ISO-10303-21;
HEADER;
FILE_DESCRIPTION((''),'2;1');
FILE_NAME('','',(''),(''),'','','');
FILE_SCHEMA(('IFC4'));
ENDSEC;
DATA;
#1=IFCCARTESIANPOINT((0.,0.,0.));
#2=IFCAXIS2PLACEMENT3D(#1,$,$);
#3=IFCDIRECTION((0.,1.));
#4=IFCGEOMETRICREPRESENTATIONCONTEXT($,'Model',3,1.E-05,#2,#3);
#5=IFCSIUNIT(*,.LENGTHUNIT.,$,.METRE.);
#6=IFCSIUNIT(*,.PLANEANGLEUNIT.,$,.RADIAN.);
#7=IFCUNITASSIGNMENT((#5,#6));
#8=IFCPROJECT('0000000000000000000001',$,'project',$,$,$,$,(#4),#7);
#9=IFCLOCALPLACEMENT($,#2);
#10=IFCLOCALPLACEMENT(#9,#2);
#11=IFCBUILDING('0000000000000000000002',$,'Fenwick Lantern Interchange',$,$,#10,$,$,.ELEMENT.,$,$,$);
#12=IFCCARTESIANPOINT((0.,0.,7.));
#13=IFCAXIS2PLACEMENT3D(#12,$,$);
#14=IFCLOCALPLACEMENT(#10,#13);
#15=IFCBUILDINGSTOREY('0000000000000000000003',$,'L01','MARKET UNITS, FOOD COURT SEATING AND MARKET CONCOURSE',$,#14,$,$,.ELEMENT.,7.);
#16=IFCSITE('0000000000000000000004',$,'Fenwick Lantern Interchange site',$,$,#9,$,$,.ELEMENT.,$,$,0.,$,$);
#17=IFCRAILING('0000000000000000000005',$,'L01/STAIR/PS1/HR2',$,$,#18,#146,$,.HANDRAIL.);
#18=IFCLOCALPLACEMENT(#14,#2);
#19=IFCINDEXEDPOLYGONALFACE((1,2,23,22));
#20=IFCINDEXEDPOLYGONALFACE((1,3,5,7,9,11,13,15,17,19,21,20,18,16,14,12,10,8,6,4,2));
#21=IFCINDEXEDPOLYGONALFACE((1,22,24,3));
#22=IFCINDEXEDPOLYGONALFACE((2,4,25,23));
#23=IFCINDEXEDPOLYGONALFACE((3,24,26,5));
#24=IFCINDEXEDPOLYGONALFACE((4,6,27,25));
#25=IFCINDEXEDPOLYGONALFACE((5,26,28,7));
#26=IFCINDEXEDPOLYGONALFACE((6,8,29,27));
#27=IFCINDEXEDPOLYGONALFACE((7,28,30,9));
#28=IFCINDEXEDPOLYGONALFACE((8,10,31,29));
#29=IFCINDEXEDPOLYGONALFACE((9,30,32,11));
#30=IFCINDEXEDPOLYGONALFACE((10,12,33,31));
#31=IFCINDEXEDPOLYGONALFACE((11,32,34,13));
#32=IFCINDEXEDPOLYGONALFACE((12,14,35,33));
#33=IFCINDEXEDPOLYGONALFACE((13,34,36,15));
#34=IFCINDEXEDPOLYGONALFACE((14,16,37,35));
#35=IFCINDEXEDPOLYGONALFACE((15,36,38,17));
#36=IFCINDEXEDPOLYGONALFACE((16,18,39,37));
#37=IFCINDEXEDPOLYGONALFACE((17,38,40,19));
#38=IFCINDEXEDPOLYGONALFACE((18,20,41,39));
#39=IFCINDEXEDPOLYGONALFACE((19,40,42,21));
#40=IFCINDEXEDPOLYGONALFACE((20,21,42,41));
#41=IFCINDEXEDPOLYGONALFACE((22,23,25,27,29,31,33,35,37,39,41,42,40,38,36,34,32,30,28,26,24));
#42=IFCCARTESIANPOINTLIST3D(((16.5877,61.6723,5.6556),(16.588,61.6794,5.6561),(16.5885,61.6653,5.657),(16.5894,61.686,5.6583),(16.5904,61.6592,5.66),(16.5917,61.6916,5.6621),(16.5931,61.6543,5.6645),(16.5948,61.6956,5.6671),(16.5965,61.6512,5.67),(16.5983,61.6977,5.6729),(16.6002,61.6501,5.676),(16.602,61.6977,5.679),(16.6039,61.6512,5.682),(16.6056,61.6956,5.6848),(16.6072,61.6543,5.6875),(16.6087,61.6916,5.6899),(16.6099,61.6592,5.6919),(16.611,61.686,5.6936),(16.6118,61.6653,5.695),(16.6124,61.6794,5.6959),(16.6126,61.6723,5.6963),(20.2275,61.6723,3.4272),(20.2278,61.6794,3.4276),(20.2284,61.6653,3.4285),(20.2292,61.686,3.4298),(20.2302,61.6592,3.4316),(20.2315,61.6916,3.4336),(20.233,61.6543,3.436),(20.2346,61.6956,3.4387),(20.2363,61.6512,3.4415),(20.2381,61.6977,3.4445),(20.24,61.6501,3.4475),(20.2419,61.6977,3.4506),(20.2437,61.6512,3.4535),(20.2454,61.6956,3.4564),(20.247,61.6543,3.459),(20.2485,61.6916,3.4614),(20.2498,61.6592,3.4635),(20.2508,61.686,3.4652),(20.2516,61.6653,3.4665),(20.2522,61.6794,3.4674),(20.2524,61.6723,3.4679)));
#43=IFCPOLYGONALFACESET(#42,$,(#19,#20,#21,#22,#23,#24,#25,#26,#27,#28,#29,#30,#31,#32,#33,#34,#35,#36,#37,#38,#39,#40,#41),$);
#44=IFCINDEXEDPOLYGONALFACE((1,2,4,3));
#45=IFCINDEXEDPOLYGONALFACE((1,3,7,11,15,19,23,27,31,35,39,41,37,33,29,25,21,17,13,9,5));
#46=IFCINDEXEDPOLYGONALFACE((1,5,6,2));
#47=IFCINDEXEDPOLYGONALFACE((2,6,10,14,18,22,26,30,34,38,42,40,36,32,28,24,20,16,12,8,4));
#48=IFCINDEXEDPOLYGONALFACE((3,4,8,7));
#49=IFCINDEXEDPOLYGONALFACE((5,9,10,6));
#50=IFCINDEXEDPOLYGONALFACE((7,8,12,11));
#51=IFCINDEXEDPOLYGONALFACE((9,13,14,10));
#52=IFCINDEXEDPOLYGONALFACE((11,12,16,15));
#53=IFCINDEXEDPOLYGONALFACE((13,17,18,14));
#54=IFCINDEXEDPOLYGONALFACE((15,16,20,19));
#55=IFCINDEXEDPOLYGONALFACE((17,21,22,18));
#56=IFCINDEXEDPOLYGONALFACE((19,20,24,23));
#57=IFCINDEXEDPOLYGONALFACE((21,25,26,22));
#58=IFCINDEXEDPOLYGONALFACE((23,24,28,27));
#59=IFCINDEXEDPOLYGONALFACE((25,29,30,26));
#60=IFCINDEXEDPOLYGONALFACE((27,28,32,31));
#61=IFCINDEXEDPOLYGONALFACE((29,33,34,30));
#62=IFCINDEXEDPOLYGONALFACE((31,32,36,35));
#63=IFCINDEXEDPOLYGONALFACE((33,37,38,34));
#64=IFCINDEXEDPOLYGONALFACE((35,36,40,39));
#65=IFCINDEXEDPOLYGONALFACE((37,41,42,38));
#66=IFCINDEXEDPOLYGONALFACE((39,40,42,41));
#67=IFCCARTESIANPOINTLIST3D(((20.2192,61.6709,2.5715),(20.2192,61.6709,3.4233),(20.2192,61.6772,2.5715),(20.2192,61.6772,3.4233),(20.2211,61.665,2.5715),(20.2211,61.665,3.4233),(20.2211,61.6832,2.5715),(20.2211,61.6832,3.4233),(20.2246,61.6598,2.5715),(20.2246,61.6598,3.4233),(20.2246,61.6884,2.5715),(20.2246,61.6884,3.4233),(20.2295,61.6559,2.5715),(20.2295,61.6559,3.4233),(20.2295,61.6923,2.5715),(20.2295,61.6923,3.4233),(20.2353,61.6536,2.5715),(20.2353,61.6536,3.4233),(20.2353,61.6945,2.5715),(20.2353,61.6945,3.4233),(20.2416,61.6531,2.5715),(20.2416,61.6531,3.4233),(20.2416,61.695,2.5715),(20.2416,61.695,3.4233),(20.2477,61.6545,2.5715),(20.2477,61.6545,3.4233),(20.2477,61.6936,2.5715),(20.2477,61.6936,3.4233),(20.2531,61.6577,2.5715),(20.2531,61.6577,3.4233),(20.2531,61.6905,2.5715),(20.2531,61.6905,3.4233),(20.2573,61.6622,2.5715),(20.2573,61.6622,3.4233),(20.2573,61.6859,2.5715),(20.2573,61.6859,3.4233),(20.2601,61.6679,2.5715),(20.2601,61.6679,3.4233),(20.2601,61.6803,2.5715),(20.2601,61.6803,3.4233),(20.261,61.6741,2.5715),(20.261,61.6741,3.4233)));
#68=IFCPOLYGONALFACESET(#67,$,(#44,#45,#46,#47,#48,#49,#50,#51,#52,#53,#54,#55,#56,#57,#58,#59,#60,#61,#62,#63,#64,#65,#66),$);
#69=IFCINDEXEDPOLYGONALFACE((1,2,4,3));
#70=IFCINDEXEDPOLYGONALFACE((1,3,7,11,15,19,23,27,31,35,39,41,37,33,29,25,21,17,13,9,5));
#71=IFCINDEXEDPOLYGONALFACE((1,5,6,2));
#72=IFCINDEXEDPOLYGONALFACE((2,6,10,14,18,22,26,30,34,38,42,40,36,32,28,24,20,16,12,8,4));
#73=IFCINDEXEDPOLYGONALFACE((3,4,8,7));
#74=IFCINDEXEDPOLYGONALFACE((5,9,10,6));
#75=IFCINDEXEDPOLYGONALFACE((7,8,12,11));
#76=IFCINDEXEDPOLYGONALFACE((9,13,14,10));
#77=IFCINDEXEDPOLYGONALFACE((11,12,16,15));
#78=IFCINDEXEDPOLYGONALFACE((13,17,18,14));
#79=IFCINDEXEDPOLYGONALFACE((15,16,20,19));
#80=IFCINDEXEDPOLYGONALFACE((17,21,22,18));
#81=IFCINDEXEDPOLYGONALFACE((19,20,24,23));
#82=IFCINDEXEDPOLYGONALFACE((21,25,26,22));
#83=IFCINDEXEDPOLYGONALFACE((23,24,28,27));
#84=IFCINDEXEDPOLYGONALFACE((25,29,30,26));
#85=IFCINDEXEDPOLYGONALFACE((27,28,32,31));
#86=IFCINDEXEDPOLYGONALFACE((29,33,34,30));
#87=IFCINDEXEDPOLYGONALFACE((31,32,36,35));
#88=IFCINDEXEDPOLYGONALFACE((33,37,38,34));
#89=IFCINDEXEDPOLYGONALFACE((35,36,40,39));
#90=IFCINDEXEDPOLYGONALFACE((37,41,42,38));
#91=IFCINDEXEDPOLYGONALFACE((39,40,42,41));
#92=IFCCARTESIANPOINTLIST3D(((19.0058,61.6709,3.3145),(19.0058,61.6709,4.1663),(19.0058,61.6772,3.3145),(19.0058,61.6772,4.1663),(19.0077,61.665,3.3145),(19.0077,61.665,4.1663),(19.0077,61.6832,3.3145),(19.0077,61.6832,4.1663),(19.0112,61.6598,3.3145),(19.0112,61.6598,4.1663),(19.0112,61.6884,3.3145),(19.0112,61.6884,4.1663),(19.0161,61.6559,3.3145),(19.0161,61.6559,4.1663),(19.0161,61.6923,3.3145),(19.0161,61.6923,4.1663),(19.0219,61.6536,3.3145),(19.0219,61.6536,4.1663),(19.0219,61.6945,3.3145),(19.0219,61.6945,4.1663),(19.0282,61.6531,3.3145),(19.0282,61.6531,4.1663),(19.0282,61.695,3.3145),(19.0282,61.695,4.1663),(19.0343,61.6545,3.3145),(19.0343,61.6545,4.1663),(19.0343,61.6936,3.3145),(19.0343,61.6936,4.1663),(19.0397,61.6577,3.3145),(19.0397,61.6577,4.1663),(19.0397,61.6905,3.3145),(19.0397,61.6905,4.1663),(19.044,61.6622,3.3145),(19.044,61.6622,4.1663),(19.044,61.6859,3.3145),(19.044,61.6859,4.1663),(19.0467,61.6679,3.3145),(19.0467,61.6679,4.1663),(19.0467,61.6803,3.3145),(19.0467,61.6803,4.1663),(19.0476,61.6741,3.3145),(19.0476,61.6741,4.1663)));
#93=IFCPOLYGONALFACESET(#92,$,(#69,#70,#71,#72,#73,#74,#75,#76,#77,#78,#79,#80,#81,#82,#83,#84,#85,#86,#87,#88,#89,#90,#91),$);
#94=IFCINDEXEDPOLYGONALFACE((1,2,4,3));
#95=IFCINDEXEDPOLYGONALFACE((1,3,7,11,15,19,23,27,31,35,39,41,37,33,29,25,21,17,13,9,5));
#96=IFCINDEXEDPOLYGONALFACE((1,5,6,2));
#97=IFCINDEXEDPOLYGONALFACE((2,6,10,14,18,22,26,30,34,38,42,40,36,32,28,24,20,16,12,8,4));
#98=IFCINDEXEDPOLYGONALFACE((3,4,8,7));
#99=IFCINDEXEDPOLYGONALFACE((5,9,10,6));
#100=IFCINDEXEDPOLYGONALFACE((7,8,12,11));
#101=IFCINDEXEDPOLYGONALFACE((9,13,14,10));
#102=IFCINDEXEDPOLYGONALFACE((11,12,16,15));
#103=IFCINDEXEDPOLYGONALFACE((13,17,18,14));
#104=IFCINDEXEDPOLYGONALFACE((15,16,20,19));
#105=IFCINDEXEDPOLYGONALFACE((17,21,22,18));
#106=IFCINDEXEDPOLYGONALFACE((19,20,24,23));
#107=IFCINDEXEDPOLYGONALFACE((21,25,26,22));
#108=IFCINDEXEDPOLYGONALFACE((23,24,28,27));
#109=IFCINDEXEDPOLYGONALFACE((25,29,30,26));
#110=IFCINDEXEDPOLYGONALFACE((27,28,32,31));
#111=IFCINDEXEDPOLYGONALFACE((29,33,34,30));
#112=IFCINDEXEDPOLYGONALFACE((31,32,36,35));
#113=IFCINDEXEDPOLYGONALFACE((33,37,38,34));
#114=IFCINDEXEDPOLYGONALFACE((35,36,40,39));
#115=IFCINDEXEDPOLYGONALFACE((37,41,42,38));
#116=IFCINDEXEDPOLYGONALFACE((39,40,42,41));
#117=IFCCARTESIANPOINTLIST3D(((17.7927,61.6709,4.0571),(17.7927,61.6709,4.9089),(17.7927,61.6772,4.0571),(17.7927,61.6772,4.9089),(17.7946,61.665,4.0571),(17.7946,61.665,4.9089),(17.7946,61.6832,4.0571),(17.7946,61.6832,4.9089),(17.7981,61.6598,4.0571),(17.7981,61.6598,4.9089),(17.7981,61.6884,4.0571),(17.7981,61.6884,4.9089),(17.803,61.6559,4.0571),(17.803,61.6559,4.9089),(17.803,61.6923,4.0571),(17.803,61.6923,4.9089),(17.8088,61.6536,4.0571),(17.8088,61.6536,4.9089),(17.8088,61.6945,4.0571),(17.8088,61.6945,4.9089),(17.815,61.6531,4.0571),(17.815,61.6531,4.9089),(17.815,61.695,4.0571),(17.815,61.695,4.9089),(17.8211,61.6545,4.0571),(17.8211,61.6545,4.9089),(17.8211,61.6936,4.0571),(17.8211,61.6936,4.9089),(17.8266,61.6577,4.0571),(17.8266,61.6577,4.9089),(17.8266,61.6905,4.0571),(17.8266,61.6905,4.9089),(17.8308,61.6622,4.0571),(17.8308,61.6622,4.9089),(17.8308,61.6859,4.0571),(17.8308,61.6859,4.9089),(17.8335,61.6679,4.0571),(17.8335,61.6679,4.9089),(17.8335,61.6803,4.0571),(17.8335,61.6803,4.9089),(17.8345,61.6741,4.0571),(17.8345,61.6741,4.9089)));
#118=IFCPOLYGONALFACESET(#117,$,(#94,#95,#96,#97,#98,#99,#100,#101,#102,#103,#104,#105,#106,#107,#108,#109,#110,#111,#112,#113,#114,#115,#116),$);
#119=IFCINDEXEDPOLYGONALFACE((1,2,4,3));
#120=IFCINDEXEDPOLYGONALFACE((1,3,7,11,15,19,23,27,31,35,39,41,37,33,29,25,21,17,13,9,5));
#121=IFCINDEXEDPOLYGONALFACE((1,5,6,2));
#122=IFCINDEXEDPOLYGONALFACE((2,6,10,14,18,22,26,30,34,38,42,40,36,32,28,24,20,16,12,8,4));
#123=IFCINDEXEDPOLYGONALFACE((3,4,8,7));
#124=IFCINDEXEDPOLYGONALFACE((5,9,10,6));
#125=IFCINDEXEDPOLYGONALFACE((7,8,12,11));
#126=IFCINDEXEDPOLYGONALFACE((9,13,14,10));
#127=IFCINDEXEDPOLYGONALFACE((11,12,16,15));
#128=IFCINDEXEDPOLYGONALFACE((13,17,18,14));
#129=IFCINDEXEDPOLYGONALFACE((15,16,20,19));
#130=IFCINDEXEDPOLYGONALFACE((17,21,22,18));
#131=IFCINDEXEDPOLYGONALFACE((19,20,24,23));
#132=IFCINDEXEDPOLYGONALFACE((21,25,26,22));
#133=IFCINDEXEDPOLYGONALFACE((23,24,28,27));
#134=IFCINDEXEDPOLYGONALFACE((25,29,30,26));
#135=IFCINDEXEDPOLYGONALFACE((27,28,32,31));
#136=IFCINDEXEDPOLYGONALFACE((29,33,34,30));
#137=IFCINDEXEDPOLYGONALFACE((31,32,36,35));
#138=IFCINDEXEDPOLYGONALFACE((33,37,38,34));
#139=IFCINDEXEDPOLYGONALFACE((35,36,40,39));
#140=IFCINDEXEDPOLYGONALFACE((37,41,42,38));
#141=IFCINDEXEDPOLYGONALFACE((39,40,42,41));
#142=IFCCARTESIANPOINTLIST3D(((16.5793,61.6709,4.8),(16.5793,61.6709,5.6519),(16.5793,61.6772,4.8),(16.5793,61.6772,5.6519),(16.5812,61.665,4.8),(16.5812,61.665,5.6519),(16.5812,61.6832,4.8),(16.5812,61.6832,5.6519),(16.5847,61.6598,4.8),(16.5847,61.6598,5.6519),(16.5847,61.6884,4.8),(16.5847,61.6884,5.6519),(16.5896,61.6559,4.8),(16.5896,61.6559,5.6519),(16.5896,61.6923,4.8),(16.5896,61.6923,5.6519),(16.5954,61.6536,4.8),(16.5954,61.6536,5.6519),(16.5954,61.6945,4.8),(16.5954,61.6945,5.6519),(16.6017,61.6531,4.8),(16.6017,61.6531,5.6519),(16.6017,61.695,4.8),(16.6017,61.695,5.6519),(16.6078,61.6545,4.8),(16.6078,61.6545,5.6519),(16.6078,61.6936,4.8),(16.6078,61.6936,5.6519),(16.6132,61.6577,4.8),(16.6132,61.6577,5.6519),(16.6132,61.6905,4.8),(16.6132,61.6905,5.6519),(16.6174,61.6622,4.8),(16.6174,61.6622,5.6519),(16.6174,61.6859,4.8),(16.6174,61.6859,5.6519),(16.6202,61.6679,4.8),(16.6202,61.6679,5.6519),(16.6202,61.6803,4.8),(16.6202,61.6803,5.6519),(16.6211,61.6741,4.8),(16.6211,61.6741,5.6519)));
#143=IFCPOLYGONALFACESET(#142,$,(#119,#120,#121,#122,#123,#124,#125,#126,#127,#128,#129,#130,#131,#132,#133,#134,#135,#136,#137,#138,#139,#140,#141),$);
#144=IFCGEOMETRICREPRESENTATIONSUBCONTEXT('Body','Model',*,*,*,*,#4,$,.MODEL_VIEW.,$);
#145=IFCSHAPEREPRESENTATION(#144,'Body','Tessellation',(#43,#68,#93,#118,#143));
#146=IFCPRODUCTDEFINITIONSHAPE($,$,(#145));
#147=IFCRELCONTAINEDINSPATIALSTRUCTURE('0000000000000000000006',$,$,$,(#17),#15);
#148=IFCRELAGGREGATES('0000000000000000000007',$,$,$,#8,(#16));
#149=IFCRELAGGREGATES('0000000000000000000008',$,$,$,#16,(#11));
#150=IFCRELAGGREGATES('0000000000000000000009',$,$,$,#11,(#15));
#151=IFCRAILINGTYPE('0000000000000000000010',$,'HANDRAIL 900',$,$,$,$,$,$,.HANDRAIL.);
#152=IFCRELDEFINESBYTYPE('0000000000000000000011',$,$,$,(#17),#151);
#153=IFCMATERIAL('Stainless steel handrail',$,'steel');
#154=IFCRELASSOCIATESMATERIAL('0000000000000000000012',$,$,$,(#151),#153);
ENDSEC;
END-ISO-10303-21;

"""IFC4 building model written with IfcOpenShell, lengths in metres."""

from ifc_helpers import new_model, si_unit, direction, frame, origin, origin_2d, place, context, subcontext, project, spatial, circle, extrude, material, type_object, element, save


model = new_model("IFC4")

# Units and contexts
model_context = context("Model", 3, precision=1e-05, world=origin(), true_north=direction((0.0, 1.0)))
body_context = subcontext(model_context, "Body", "Model", "MODEL_VIEW")
ifc_project = project(units=[si_unit("LENGTHUNIT", "METRE"), si_unit("PLANEANGLEUNIT", "RADIAN")], contexts=[model_context])

# Site, building, storey
site_placement = place(None, origin())
site = spatial("IfcSite", under=ifc_project, at=site_placement, Name="Fenwick Lantern Interchange site", CompositionType="ELEMENT", RefElevation=0.0)
building_placement = place(site_placement, origin())
building = spatial("IfcBuilding", under=site, at=building_placement, Name="Fenwick Lantern Interchange", CompositionType="ELEMENT")
storey_placement = place(building_placement, frame((0.0, 0.0, 7.0)))
storey = spatial("IfcBuildingStorey", under=building, at=storey_placement, Name="L01", Description="MARKET UNITS, FOOD COURT SEATING AND MARKET CONCOURSE", CompositionType="ELEMENT", Elevation=7.0)

# Railing
ifc_material_1 = material(Name="Stainless steel handrail", Category="steel")
railing_type = type_object("IfcRailingType", Name="HANDRAIL 900", PredefinedType="HANDRAIL", material=ifc_material_1)
railing_1_placement = place(storey_placement, frame((20.24, 61.6741, 2.5715)))
element("IfcRailing", 1, at=railing_1_placement, inside=storey, type_object=railing_type, Name="L01/STAIR/PS1/HR2", PredefinedType="HANDRAIL", context=body_context, shape_type="SweptSolid", body=[
    extrude(circle(Radius=0.0239, at=origin_2d()), frame((0.0, 0.0, 0.876), z_axis=(-0.85285, 0.0, 0.522156), x_axis=(0.0, -1.0, 0.0)), (0.0, 0.0, 1.0), 4.2678),
    extrude(circle(Radius=0.021, at=origin_2d()), origin(), (0.0, 0.0, 1.0), 0.8518),
    extrude(circle(Radius=0.021, at=origin_2d()), frame((-1.2134, 0.0, 0.7429)), (0.0, 0.0, 1.0), 0.8518),
    extrude(circle(Radius=0.021, at=origin_2d()), frame((-2.4265, 0.0, 1.4856)), (0.0, 0.0, 1.0), 0.8518),
    extrude(circle(Radius=0.021, at=origin_2d()), frame((-3.6399, 0.0, 2.2285)), (0.0, 0.0, 1.0), 0.8518),
])

save(model, "model.ifc")
